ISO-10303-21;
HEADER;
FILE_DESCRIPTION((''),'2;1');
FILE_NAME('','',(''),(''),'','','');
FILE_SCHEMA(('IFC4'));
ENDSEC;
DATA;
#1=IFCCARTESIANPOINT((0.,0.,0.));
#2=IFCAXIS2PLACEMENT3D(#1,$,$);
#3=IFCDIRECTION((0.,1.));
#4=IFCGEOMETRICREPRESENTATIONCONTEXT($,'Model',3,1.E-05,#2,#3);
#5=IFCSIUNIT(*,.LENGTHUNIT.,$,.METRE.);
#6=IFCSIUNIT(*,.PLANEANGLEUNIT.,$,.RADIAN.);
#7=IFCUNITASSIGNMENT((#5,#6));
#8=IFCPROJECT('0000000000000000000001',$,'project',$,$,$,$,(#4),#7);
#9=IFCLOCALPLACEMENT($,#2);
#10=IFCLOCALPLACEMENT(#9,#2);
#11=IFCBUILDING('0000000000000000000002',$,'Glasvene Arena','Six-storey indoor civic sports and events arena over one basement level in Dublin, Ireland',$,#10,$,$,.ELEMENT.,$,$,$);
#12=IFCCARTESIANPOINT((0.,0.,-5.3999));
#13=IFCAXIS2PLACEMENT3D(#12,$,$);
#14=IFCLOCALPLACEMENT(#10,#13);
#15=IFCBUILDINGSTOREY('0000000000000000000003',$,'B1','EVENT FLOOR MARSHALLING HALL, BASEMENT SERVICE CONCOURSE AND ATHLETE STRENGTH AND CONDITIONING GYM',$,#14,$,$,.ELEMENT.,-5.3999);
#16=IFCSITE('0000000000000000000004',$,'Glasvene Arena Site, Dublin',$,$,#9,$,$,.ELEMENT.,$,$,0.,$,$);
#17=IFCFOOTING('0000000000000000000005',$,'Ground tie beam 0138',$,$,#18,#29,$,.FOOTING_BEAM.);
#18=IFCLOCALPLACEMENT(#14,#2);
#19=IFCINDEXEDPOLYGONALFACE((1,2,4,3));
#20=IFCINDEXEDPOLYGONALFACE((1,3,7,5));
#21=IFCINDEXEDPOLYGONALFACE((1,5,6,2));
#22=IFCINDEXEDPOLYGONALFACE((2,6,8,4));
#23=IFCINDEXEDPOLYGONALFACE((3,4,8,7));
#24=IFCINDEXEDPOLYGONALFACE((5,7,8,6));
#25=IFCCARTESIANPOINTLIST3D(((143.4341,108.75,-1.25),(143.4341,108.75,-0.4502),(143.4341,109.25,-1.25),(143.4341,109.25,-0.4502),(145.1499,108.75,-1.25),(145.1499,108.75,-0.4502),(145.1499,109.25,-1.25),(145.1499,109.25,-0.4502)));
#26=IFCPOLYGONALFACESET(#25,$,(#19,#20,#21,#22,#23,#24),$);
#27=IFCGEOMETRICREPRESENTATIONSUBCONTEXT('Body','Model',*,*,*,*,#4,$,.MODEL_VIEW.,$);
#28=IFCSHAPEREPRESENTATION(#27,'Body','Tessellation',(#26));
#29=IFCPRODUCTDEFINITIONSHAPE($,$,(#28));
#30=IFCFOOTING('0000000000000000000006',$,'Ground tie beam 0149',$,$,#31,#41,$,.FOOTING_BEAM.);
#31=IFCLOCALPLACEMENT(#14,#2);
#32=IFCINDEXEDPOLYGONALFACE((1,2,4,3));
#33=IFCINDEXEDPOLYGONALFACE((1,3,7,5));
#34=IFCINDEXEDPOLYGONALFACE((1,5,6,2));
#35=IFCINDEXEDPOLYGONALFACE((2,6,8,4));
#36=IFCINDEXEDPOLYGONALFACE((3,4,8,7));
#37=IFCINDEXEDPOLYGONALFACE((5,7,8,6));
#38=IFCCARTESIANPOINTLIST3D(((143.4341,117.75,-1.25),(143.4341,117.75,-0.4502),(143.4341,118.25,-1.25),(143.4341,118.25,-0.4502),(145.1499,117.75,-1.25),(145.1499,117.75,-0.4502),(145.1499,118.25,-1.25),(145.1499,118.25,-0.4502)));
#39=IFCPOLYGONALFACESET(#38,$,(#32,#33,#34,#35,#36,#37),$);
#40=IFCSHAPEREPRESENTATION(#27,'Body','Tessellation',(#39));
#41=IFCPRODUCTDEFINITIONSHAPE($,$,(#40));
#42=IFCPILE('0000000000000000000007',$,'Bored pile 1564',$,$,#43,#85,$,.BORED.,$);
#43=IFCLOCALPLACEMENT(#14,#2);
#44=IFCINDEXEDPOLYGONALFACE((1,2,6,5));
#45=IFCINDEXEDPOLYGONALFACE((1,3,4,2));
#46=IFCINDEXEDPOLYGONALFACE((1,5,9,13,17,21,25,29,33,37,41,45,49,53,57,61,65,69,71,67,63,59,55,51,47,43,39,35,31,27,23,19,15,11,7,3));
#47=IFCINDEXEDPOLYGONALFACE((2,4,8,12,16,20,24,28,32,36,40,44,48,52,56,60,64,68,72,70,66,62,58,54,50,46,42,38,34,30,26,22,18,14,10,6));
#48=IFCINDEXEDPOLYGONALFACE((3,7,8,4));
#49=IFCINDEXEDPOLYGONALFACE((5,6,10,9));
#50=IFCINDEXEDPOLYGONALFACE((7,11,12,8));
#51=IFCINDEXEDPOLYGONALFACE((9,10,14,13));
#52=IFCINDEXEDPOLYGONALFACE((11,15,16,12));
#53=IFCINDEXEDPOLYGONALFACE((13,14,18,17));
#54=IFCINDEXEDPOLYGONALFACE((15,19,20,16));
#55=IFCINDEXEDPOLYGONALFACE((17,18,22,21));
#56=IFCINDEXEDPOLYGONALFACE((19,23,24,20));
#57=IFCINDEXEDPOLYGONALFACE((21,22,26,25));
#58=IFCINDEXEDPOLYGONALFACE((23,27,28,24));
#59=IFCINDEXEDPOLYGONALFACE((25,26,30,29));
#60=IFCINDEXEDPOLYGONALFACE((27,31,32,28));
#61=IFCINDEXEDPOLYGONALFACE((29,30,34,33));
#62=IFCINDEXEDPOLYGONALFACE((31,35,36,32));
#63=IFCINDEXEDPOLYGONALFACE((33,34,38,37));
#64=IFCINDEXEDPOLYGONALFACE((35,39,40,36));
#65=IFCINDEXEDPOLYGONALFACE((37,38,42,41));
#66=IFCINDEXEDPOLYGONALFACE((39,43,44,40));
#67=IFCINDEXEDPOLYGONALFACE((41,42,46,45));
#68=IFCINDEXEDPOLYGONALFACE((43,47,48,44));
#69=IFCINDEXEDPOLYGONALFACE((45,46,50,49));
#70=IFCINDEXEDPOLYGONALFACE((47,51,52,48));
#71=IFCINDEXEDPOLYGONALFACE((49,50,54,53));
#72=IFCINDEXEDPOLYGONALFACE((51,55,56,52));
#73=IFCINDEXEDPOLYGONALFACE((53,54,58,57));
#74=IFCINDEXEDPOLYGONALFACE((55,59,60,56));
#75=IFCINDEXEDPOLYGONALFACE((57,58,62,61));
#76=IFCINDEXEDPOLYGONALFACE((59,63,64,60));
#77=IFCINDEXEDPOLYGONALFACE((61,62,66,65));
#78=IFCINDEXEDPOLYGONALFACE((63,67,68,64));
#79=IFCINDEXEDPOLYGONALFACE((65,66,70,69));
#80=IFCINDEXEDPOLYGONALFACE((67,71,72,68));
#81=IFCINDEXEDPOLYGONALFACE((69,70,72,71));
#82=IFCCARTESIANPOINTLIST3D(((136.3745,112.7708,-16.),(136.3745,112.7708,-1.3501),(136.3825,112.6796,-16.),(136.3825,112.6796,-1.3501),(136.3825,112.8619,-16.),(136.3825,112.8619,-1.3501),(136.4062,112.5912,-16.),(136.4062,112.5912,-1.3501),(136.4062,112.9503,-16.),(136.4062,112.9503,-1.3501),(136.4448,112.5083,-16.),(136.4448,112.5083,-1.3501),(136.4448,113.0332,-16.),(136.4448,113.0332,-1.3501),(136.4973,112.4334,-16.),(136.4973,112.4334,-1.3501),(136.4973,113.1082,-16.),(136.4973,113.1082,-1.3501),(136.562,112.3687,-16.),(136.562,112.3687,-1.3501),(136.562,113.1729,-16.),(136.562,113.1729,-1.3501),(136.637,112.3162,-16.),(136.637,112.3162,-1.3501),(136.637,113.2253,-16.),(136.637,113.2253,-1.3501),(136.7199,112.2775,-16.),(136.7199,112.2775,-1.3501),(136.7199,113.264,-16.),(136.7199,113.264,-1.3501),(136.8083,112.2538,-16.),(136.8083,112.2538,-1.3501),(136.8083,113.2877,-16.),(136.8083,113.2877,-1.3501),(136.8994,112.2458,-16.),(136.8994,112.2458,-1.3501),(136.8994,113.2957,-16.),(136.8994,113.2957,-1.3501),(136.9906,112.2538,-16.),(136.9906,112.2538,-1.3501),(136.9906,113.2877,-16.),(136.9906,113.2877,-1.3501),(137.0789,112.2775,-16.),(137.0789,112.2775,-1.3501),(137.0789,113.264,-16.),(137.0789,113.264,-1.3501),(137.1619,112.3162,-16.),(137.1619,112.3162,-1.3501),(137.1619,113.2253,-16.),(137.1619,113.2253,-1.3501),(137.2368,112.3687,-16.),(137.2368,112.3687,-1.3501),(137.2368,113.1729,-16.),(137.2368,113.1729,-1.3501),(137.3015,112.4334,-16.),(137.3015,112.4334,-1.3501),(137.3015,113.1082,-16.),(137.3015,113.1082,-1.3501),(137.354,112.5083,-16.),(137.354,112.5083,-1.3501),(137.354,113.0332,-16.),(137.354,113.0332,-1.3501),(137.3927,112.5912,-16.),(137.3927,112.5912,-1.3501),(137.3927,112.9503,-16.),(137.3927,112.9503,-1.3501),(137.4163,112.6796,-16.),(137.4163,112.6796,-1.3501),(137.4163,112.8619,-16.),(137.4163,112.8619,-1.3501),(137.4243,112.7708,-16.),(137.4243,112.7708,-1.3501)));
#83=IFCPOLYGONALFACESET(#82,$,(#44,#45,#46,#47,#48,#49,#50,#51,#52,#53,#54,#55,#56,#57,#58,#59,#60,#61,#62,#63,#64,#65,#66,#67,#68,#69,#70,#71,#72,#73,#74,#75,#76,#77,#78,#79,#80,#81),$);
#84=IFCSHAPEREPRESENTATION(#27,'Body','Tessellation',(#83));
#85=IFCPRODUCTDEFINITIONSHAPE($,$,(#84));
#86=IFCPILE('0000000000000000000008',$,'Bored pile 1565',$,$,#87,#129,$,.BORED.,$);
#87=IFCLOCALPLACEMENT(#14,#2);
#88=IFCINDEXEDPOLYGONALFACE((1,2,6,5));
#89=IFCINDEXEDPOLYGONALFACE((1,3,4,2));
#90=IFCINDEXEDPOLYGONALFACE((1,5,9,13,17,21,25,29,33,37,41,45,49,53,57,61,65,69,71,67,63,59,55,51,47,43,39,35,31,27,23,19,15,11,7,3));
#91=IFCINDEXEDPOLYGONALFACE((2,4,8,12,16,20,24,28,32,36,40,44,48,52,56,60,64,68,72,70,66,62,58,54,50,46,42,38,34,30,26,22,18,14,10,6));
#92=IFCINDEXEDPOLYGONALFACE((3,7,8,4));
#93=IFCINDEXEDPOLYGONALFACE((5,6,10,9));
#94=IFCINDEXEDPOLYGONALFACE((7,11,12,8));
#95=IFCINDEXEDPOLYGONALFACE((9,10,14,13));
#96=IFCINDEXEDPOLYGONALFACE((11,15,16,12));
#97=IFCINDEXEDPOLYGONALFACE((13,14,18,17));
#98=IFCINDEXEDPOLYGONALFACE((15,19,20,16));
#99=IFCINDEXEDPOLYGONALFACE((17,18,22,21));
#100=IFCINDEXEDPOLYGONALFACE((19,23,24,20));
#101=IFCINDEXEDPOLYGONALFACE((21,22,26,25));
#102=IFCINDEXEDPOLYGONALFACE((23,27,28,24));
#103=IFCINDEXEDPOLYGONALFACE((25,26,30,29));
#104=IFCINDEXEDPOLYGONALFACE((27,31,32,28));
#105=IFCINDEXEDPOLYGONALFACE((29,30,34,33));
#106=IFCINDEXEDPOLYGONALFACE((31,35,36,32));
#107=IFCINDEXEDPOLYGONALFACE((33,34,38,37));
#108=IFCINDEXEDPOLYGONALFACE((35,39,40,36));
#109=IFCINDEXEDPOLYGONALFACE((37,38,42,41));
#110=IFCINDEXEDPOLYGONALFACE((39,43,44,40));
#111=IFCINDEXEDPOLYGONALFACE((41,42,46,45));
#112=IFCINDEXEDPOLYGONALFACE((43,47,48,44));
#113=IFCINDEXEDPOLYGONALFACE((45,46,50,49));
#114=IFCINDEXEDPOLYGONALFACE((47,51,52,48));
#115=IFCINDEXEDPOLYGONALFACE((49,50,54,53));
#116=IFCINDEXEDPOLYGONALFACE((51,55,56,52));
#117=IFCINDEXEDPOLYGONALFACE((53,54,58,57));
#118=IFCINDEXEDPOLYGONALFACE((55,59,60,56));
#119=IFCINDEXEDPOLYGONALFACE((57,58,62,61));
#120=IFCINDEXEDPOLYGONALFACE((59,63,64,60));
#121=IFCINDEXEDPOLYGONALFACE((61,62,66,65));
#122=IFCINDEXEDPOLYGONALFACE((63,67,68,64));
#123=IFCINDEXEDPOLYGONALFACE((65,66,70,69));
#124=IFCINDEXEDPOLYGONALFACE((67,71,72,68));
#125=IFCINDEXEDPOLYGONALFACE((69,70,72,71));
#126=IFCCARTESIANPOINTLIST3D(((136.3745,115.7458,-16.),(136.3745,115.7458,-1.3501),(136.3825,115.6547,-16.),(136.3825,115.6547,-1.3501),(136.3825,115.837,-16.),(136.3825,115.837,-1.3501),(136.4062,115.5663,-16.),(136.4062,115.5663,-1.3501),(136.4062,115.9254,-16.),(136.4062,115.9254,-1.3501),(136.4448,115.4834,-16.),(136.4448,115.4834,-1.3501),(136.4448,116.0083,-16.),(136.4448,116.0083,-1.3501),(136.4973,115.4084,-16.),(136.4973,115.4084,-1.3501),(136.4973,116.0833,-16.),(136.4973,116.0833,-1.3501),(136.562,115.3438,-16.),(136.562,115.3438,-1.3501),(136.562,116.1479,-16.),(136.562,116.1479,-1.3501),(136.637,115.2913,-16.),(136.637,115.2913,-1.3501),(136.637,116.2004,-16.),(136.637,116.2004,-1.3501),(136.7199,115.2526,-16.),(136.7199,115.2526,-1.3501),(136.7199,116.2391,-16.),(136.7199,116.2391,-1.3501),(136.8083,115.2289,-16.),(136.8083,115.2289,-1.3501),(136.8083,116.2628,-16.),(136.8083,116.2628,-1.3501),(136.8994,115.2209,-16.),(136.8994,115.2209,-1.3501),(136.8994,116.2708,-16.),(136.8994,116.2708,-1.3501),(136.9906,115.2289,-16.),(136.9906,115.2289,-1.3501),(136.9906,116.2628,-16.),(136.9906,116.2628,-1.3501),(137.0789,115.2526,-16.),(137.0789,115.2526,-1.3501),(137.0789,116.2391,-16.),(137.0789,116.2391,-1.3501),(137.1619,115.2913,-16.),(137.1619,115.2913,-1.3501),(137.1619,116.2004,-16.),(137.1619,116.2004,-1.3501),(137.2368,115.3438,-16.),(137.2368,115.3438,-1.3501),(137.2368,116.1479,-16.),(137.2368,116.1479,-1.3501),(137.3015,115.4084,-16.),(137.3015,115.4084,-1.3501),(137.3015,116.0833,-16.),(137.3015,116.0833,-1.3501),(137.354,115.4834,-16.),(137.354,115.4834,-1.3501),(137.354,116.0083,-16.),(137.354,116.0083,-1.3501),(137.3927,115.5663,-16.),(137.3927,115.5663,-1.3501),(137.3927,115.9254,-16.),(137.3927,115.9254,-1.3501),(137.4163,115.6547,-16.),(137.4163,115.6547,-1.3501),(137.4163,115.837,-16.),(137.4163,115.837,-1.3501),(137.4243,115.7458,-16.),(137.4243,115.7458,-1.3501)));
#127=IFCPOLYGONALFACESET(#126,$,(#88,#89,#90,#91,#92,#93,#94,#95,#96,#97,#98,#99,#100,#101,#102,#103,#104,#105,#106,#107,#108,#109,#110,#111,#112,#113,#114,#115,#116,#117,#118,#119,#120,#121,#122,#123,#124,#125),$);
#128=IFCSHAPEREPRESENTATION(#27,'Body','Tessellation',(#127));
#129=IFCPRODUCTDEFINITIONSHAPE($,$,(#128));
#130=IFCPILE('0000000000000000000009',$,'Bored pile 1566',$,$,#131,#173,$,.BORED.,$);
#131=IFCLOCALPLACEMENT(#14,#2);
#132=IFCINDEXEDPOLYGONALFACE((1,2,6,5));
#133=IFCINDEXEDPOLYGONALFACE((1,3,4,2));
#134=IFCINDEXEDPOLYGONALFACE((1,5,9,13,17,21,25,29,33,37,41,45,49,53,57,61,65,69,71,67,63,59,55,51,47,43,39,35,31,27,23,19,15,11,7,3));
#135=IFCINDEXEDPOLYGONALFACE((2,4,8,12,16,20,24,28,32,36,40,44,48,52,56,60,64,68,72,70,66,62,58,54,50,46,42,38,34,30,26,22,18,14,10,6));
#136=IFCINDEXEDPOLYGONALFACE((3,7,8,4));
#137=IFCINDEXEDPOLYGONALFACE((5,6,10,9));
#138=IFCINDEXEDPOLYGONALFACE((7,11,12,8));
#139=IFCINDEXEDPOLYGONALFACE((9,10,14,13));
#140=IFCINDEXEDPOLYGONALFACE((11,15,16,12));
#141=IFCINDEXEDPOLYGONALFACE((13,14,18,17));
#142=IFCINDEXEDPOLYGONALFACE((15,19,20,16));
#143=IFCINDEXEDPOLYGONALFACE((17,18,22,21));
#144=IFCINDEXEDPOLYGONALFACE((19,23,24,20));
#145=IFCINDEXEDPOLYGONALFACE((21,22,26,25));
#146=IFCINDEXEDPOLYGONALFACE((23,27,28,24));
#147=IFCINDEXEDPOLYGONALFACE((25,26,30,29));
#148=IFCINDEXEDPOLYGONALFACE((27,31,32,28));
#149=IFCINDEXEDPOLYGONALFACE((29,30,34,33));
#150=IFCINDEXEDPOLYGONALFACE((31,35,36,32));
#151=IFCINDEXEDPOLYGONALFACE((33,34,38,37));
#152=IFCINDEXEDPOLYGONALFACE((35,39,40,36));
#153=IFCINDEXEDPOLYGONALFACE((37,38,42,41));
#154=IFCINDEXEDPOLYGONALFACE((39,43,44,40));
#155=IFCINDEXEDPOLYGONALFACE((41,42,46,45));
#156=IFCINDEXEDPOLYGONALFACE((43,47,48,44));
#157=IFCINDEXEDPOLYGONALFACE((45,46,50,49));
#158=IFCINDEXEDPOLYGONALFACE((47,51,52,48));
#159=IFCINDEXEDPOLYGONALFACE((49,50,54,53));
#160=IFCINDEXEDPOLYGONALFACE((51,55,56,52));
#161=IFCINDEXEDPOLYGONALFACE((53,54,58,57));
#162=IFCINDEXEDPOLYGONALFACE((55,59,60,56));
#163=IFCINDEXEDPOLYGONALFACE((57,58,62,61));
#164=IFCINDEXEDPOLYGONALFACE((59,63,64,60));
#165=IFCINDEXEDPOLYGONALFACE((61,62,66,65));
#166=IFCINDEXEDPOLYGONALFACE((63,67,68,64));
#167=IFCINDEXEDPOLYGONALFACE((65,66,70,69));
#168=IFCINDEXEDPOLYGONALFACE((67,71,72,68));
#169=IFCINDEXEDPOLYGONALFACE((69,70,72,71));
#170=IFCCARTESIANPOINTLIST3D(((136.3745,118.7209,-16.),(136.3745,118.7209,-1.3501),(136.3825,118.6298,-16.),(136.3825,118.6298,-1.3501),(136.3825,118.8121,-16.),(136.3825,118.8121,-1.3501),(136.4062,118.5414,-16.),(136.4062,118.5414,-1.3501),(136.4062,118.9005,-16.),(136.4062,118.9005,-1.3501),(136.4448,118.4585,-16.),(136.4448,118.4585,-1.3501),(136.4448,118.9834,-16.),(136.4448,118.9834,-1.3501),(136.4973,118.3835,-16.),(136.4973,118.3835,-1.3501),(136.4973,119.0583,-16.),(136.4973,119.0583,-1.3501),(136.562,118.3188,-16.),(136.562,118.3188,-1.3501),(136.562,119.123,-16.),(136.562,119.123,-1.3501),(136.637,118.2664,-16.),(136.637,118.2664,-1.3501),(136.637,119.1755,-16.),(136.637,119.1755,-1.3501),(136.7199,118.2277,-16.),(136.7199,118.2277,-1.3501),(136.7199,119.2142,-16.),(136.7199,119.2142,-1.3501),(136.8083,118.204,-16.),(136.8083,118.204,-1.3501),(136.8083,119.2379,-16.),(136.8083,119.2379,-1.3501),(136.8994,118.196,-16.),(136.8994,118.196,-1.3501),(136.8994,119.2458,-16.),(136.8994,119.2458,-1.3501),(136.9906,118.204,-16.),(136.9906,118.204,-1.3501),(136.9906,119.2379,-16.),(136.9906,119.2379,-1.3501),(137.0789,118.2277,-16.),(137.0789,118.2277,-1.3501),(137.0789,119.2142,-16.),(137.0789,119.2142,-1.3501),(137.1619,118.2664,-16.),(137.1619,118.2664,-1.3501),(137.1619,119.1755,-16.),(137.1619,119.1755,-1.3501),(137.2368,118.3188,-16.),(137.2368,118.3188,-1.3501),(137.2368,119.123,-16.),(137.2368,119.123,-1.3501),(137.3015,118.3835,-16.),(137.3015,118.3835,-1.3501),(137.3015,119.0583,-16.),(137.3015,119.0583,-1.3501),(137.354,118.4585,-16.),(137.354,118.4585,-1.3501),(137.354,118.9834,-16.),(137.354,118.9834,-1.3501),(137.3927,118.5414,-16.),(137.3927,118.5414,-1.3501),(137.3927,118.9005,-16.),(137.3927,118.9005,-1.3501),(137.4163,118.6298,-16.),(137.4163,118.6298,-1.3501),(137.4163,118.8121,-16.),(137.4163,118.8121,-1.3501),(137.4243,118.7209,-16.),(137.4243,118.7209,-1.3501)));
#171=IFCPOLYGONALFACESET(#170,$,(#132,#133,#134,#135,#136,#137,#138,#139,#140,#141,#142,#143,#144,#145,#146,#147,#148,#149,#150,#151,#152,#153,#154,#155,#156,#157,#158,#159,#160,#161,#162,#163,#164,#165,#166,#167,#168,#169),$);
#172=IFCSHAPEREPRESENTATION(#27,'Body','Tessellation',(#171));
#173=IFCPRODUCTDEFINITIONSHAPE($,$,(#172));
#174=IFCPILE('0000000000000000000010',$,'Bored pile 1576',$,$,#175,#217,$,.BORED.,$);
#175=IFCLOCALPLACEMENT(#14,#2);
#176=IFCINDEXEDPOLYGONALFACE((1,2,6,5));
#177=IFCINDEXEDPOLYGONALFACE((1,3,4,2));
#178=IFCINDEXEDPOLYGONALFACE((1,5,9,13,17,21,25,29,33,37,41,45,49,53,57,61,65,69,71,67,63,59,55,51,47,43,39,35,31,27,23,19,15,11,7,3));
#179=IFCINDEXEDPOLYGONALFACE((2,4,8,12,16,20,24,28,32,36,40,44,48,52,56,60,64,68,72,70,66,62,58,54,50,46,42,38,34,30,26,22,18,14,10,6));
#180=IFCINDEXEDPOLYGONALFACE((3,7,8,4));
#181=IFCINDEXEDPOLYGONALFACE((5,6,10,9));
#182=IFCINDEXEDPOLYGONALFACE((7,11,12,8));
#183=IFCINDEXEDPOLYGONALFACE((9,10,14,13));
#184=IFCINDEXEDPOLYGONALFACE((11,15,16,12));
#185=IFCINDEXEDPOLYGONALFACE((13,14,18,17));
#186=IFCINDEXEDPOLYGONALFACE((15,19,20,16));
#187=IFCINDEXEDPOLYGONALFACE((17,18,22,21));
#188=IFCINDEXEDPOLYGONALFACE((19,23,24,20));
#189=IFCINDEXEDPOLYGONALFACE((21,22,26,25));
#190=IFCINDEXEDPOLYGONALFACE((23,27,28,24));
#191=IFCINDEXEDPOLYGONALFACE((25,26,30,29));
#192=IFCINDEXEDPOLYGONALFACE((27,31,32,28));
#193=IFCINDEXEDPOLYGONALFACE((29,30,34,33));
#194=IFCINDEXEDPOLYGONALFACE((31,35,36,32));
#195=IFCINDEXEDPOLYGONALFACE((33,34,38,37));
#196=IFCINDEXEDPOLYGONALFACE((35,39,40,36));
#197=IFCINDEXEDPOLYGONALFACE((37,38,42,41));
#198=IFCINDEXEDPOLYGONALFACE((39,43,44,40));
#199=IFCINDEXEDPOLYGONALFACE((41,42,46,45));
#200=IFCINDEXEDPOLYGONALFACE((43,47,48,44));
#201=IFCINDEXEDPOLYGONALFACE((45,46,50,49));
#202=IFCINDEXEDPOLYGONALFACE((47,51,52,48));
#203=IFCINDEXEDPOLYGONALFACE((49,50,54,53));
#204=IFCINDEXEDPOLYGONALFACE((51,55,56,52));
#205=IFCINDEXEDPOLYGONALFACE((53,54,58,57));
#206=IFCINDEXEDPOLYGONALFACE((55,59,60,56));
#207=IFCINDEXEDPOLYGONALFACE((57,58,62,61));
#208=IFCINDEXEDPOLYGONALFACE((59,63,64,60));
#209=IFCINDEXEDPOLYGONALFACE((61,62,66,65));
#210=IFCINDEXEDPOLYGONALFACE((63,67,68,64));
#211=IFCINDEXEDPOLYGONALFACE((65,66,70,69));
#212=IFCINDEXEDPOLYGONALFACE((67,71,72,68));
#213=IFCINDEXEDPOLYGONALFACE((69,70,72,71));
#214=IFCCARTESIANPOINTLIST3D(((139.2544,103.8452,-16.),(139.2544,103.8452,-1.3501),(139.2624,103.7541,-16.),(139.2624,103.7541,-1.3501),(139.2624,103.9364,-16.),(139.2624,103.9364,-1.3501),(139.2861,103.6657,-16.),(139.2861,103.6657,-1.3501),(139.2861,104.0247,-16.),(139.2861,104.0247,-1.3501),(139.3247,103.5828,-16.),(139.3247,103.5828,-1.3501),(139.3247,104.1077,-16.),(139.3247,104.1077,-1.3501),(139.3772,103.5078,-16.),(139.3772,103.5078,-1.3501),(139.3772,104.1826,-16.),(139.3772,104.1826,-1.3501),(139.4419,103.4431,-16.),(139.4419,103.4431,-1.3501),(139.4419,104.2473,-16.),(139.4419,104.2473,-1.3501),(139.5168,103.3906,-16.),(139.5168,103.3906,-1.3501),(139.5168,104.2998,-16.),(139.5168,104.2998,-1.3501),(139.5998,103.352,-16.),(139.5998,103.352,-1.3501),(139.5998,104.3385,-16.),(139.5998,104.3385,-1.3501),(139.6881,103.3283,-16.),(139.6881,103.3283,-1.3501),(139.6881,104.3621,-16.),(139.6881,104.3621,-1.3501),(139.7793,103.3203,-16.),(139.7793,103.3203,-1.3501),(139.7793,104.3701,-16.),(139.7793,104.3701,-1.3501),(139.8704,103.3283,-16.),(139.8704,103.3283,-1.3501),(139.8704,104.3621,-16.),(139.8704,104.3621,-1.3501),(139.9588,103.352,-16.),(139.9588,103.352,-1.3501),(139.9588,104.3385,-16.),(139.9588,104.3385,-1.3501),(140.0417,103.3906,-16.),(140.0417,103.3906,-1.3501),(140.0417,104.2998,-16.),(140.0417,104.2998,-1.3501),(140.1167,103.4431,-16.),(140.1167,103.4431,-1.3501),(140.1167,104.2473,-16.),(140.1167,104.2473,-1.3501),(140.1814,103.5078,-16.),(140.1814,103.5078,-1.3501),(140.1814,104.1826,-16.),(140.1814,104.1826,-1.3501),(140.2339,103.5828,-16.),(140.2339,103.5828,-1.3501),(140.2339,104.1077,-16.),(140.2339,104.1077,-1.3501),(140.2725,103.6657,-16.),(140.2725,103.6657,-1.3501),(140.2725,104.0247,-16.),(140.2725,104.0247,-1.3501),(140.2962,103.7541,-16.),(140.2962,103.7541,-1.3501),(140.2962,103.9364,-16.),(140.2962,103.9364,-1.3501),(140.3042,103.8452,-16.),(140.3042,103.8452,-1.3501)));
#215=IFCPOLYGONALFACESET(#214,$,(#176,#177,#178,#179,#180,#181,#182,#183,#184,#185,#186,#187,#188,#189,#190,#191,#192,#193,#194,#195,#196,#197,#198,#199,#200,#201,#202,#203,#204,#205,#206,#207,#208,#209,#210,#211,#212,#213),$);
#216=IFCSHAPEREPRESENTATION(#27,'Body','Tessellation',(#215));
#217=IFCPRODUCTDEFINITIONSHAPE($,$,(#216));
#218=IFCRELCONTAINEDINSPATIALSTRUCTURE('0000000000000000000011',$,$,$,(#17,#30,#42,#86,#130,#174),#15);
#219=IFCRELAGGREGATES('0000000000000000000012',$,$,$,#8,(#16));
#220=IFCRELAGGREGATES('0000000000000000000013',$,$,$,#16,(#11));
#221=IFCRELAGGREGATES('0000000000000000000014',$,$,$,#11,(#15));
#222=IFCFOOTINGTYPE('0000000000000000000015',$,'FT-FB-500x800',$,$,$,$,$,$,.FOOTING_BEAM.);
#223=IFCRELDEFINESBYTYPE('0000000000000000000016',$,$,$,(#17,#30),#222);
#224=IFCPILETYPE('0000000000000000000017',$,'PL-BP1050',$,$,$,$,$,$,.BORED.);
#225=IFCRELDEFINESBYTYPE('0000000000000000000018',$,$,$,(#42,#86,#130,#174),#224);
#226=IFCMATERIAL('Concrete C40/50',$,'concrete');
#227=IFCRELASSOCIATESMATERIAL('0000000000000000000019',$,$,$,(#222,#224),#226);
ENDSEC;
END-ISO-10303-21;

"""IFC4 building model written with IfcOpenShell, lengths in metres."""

from ifc_helpers import new_model, si_unit, direction, frame, origin, origin_2d, place, context, subcontext, project, spatial, polyline, circle, outline, extrude, material, material_profile, profile_set, type_object, element, save


model = new_model("IFC4")

# Units and contexts
model_context = context("Model", 3, precision=1e-05, world=origin(), true_north=direction((0.0, 1.0)))
body_context = subcontext(model_context, "Body", "Model", "MODEL_VIEW")
ifc_project = project(units=[si_unit("LENGTHUNIT", "METRE"), si_unit("PLANEANGLEUNIT", "RADIAN")], contexts=[model_context])

# Site, building, storey
site_placement = place(None, origin())
site = spatial("IfcSite", under=ifc_project, at=site_placement, Name="Glasvene Arena Site, Dublin", CompositionType="ELEMENT", RefElevation=0.0)
building_placement = place(site_placement, origin())
building = spatial("IfcBuilding", under=site, at=building_placement, Name="Glasvene Arena", Description="Six-storey indoor civic sports and events arena over one basement level in Dublin, Ireland", CompositionType="ELEMENT")
storey_placement = place(building_placement, frame((0.0, 0.0, -5.3999)))
storey = spatial("IfcBuildingStorey", under=building, at=storey_placement, Name="B1", Description="EVENT FLOOR MARSHALLING HALL, BASEMENT SERVICE CONCOURSE AND ATHLETE STRENGTH AND CONDITIONING GYM", CompositionType="ELEMENT", Elevation=-5.3999)

# Footings
ifc_material_1 = material(Name="Concrete C40/50", Category="concrete")
footing_type = type_object("IfcFootingType", Name="FT-FB-500x800", PredefinedType="FOOTING_BEAM", material=ifc_material_1)
for number, where, name in (
    (1, (144.292, 109.0, -1.25), "Ground tie beam 0138"),
    (2, (144.292, 118.0, -1.25), "Ground tie beam 0149"),
):
    element("IfcFooting", number, at=place(storey_placement, frame(where)), inside=storey, type_object=footing_type, Name=name, PredefinedType="FOOTING_BEAM", context=body_context, shape_type="SweptSolid", body=[
        extrude(outline(polyline([(-0.8579, -0.25), (0.8579, -0.25), (0.8579, 0.25), (-0.8579, 0.25), (-0.8579, -0.25)])), origin(), (0.0, 0.0, 1.0), 0.7998),
    ])

# Piles
ifc_material_profile_1 = material_profile(ifc_material_1, circle(Radius=0.5249, at=origin_2d()), Name="BORED PILE 1050")
ifc_profile_set_1 = profile_set([ifc_material_profile_1], Name="Concrete C40/50")
pile_type = type_object("IfcPileType", Name="PL-BP1050", PredefinedType="BORED", material=ifc_profile_set_1)
for number, where, z_axis, x_axis, name in (
    (3, (136.8994, 112.7708, -1.3501), (0.0, 0.0, -1.0), (1.0, 0.0, 0.0), "Bored pile 1564"),
    (4, (136.8994, 115.7458, -1.3501), (0.0, 0.0, -1.0), (1.0, 0.0, 0.0), "Bored pile 1565"),
    (5, (136.8994, 118.7209, -1.3501), (0.0, 0.0, -1.0), (1.0, 0.0, 0.0), "Bored pile 1566"),
    (6, (139.7793, 103.8452, -1.3501), (0.0, 0.0, -1.0), (1.0, 0.0, 0.0), "Bored pile 1576"),
):
    element("IfcPile", number, at=place(storey_placement, frame(where, z_axis=z_axis, x_axis=x_axis)), inside=storey, type_object=pile_type, Name=name, PredefinedType="BORED", context=body_context, shape_type="SweptSolid", body=[
        extrude(circle(Radius=0.5249, at=origin_2d()), origin(), (0.0, 0.0, 1.0), 14.6499),
    ])

save(model, "model.ifc")
